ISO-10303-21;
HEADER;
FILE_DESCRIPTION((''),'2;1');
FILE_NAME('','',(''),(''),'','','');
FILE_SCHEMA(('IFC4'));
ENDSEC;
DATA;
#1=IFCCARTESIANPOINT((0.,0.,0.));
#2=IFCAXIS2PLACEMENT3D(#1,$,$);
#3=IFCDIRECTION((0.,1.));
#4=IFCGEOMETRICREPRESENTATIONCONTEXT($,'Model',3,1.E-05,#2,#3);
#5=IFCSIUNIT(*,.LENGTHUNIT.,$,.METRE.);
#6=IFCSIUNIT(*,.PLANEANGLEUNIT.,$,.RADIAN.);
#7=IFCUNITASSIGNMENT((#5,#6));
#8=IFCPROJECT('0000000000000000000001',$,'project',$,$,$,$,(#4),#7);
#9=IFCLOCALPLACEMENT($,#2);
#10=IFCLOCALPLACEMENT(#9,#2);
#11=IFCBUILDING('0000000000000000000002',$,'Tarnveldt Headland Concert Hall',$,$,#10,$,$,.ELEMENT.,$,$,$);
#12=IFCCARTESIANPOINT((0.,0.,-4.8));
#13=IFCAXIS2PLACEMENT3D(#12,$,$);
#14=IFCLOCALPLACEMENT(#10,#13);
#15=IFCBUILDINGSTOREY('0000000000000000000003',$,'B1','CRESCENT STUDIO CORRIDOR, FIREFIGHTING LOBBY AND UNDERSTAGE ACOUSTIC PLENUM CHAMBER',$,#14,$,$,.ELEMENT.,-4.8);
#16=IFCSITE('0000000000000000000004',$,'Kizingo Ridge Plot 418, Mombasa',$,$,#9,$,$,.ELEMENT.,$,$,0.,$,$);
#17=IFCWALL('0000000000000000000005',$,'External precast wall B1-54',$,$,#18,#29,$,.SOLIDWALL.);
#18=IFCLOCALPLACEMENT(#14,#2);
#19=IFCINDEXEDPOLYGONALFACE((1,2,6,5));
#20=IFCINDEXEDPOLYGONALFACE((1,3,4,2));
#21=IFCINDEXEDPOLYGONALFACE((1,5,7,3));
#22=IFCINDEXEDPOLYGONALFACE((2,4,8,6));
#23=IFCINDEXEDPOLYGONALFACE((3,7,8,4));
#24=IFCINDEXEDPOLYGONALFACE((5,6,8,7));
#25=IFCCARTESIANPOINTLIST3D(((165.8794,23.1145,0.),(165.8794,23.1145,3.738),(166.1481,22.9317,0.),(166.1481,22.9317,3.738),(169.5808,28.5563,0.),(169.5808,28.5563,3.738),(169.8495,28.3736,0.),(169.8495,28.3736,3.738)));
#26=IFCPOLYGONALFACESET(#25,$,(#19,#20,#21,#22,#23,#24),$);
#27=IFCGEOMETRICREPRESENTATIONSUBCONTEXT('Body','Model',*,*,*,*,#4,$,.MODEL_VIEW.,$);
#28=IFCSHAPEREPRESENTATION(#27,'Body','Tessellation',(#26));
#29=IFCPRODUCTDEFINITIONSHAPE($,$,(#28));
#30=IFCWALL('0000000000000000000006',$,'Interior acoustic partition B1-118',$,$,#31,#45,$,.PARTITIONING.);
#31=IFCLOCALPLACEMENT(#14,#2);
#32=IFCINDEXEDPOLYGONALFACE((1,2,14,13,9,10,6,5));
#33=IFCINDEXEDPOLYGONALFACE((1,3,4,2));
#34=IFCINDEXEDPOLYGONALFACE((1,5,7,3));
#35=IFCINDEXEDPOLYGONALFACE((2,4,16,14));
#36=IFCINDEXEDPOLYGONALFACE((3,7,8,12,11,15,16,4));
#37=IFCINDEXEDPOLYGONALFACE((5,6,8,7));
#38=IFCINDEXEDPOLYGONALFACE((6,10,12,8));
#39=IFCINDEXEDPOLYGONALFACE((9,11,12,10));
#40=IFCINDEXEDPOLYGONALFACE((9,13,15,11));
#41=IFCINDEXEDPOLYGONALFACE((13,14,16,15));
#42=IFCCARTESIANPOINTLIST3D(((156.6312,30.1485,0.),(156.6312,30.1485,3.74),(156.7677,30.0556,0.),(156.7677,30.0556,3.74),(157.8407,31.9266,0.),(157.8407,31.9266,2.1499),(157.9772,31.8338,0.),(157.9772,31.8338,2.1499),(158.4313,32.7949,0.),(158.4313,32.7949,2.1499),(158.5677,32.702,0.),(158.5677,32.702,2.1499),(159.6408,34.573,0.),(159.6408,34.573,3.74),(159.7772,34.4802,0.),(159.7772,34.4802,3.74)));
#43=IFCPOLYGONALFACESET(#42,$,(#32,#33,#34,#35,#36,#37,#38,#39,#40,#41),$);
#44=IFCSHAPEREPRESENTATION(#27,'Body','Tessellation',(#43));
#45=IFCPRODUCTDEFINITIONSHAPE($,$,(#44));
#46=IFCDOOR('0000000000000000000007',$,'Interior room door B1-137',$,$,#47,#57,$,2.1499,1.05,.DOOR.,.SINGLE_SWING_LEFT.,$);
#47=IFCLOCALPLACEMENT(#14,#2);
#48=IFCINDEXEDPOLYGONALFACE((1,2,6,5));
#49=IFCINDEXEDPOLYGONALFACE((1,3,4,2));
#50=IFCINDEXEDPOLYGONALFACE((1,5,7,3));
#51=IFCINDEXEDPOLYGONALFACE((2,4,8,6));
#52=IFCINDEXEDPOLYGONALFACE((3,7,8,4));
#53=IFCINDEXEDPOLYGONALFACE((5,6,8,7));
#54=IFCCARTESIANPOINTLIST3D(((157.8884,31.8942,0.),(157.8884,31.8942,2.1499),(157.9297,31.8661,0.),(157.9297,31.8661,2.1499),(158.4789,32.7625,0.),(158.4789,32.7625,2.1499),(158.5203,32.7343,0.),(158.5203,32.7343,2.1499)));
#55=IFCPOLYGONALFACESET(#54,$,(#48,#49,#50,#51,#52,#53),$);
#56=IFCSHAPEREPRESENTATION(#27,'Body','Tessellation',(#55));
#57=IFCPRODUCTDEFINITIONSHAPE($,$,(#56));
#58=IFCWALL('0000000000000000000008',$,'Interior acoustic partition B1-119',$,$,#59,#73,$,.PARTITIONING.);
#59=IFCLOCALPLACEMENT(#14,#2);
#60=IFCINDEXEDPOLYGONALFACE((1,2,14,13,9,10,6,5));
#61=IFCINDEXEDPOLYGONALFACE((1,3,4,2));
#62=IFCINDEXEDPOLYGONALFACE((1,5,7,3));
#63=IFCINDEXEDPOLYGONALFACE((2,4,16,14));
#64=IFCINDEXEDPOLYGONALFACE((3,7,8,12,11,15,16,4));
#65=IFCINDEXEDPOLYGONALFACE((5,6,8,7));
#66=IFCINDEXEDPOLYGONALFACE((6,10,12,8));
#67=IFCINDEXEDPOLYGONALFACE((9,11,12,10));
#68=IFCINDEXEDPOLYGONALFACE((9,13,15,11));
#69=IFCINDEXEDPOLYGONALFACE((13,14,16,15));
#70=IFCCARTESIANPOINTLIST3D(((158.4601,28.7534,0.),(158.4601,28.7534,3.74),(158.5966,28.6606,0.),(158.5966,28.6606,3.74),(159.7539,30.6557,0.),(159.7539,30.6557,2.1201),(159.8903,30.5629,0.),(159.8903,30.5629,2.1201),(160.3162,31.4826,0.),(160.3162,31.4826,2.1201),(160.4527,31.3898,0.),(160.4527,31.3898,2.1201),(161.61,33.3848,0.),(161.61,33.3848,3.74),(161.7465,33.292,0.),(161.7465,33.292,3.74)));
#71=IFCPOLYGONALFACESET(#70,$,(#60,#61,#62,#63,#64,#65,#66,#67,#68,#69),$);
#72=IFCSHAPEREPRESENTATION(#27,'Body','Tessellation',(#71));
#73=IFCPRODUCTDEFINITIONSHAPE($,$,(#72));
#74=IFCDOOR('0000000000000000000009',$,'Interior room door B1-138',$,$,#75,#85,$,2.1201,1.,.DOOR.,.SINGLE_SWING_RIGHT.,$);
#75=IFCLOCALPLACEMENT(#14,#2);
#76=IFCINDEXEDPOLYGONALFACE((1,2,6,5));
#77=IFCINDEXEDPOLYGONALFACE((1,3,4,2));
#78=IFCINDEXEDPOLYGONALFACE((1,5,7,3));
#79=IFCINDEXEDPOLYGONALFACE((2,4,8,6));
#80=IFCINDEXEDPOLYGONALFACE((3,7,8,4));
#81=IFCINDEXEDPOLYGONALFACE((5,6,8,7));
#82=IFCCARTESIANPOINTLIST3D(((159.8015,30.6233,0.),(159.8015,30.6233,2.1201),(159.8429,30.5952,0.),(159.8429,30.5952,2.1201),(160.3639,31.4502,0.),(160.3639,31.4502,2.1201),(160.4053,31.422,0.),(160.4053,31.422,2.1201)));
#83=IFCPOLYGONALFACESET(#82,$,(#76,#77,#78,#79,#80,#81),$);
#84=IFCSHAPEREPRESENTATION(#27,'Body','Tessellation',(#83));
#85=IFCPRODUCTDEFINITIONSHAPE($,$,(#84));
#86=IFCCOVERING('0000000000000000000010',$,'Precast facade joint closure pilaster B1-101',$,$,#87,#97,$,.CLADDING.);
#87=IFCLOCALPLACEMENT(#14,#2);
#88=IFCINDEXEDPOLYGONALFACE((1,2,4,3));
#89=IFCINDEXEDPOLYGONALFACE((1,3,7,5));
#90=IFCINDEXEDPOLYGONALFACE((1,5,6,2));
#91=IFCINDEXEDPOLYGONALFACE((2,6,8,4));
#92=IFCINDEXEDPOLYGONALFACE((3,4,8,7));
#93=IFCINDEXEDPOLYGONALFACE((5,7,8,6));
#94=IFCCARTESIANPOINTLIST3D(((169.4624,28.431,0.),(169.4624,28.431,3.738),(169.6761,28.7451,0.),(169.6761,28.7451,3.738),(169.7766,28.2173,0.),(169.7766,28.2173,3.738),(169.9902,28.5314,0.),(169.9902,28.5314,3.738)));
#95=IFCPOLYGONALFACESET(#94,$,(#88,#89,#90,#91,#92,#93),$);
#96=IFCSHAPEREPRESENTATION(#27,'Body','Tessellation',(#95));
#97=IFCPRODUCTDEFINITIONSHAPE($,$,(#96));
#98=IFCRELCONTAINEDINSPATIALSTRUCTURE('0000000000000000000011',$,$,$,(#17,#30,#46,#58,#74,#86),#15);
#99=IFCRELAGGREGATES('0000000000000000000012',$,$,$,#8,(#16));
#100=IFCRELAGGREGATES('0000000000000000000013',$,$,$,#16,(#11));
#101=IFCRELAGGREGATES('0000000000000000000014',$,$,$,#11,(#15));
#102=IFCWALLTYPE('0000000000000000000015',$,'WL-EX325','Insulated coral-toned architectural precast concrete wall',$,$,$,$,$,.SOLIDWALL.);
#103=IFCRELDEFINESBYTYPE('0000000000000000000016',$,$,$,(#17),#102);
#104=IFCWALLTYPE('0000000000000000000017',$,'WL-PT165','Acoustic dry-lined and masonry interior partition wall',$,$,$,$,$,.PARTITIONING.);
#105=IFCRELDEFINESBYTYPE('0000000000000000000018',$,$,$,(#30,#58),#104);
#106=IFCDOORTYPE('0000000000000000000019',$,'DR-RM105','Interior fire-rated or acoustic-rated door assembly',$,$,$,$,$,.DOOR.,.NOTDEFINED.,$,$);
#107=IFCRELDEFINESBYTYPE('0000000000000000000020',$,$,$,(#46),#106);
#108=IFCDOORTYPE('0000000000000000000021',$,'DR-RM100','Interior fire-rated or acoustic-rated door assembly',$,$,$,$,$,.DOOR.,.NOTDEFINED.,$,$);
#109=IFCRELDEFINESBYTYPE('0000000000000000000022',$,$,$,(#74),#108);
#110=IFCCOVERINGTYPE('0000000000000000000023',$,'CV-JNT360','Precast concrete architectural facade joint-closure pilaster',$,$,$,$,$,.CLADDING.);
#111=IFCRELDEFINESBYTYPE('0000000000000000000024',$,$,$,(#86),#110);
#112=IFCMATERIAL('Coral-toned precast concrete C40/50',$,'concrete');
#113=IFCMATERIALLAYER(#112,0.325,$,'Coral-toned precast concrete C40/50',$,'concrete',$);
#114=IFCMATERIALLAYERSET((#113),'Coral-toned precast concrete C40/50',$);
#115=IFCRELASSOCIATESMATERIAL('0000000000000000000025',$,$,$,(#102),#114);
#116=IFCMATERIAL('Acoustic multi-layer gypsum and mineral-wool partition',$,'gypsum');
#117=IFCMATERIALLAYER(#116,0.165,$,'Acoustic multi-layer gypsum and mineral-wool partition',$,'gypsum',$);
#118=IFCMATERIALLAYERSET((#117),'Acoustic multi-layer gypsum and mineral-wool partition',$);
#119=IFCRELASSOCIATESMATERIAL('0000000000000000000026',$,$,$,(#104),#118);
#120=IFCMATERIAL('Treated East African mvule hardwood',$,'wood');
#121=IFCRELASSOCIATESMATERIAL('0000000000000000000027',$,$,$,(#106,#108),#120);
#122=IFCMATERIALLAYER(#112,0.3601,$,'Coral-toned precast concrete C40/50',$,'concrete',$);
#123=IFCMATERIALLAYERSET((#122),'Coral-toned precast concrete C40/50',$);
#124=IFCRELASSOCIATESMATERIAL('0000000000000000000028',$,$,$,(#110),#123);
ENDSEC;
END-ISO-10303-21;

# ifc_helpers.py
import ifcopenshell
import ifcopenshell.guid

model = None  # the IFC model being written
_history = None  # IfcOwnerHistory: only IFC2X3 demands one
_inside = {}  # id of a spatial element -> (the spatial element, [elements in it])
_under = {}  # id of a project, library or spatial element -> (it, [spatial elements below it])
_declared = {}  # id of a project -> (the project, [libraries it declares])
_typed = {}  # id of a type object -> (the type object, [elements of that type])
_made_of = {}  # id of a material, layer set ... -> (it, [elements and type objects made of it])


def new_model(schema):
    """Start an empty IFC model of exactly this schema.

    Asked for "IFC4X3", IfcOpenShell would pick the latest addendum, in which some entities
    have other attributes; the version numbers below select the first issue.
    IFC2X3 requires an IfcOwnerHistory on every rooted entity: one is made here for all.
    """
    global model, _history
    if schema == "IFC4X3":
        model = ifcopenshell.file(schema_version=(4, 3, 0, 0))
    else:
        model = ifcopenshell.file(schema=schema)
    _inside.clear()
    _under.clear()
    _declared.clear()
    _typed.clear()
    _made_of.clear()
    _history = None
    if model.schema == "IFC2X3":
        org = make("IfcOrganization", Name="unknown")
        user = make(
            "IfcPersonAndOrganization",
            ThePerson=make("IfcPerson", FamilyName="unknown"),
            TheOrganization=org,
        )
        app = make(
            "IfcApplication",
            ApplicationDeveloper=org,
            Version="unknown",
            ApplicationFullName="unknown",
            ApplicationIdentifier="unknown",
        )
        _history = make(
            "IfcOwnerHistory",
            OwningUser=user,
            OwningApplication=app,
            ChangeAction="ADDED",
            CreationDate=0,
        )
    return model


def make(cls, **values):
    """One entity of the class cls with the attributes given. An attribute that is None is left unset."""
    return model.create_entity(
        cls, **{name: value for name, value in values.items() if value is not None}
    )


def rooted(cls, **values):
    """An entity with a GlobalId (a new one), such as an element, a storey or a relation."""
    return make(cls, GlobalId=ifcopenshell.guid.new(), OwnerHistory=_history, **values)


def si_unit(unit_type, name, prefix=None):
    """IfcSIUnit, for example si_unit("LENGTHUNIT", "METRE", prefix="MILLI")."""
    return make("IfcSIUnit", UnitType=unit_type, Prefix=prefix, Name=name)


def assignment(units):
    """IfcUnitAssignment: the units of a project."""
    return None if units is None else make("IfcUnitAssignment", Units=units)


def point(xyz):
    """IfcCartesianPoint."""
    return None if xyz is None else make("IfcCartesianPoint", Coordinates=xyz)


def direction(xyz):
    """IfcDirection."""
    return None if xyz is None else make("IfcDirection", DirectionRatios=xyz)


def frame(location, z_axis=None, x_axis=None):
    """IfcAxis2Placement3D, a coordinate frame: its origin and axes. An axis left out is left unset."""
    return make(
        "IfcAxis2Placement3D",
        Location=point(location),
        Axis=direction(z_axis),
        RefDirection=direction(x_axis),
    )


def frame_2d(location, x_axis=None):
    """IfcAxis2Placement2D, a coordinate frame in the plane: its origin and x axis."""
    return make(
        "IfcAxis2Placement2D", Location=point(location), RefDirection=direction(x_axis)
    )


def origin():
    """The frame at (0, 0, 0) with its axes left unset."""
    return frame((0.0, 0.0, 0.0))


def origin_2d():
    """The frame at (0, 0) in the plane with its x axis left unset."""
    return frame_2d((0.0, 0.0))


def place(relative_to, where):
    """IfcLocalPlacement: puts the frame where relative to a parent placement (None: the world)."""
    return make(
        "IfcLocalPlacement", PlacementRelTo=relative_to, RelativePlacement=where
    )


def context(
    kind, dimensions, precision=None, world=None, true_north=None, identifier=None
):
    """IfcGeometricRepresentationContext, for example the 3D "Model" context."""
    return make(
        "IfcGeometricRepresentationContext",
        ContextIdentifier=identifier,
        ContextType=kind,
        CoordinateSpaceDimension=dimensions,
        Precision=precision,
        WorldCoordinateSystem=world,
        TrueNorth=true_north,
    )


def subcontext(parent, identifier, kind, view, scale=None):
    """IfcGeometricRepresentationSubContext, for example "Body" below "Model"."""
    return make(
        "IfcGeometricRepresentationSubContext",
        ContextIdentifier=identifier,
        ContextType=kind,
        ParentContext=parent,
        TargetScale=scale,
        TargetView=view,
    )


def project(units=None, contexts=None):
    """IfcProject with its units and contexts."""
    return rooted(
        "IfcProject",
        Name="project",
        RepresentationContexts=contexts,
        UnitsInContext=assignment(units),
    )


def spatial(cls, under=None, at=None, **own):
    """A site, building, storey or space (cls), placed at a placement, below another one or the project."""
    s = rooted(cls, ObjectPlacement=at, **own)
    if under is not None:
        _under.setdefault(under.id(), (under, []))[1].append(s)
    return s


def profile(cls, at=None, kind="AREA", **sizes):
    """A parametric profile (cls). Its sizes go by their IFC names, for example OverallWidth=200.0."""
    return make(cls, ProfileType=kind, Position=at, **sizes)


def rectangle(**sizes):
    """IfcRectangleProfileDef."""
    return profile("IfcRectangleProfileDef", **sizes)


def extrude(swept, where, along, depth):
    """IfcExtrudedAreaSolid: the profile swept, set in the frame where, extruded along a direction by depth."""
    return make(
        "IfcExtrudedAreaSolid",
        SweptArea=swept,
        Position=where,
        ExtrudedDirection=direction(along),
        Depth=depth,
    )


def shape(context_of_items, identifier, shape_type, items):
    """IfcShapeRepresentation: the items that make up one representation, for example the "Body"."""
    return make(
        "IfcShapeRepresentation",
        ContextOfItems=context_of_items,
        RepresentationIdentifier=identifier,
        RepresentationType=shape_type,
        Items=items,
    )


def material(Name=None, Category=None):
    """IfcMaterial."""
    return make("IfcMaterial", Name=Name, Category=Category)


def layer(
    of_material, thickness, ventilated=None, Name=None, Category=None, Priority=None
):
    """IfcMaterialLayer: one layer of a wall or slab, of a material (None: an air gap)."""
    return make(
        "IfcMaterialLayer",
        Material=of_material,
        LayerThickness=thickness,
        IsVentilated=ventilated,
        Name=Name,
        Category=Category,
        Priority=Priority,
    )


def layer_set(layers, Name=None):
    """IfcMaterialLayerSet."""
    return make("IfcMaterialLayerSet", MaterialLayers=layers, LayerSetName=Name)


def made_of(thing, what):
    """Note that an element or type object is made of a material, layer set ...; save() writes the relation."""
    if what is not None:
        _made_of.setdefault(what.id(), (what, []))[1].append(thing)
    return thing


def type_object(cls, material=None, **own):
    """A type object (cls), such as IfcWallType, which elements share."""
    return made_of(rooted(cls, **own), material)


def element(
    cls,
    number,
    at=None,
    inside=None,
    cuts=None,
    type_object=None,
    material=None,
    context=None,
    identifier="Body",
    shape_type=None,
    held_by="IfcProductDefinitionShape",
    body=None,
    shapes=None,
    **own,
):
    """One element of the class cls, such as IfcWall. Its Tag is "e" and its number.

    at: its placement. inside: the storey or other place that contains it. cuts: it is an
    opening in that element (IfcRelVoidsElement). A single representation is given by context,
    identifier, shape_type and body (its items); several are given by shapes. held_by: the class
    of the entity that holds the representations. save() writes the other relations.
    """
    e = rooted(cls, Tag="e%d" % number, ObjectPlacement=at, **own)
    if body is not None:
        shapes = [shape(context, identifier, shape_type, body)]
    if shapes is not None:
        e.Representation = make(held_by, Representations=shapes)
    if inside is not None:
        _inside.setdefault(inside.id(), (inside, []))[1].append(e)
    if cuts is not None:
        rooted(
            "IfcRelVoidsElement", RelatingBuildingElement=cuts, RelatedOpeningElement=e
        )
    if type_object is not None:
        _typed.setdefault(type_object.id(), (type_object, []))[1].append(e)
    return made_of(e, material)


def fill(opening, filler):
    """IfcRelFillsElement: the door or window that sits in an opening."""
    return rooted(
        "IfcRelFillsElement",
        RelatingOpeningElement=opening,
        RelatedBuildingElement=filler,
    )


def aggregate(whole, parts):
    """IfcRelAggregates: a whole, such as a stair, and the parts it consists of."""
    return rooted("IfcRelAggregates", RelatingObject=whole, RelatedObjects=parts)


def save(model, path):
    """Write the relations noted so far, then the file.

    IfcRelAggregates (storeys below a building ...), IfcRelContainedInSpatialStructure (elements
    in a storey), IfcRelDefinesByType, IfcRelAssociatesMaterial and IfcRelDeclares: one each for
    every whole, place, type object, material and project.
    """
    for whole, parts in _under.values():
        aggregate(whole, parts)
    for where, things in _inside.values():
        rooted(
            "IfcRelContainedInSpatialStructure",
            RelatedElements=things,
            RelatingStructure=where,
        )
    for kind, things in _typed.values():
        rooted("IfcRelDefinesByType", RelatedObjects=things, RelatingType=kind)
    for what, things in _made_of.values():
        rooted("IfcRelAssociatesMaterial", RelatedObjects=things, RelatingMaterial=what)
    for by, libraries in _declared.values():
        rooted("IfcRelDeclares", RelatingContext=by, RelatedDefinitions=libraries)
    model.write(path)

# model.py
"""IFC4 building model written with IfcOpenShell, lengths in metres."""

from ifc_helpers import new_model, si_unit, direction, frame, frame_2d, origin, origin_2d, place, context, subcontext, project, spatial, rectangle, extrude, material, layer, layer_set, type_object, element, fill, save


model = new_model("IFC4")

# Units and contexts
model_context = context("Model", 3, precision=1e-05, world=origin(), true_north=direction((0.0, 1.0)))
body_context = subcontext(model_context, "Body", "Model", "MODEL_VIEW")
ifc_project = project(units=[si_unit("LENGTHUNIT", "METRE"), si_unit("PLANEANGLEUNIT", "RADIAN")], contexts=[model_context])

# Site, building, storey
site_placement = place(None, origin())
site = spatial("IfcSite", under=ifc_project, at=site_placement, Name="Kizingo Ridge Plot 418, Mombasa", CompositionType="ELEMENT", RefElevation=0.0)
building_placement = place(site_placement, origin())
building = spatial("IfcBuilding", under=site, at=building_placement, Name="Tarnveldt Headland Concert Hall", CompositionType="ELEMENT")
storey_placement = place(building_placement, frame((0.0, 0.0, -4.8)))
storey = spatial("IfcBuildingStorey", under=building, at=storey_placement, Name="B1", Description="CRESCENT STUDIO CORRIDOR, FIREFIGHTING LOBBY AND UNDERSTAGE ACOUSTIC PLENUM CHAMBER", CompositionType="ELEMENT", Elevation=-4.8)

# Wall
ifc_material_1 = material(Name="Coral-toned precast concrete C40/50", Category="concrete")
ifc_layer_1 = layer(ifc_material_1, 0.325, Name="Coral-toned precast concrete C40/50", Category="concrete")
ifc_layer_set_1 = layer_set([ifc_layer_1], Name="Coral-toned precast concrete C40/50")
wall_type_1 = type_object("IfcWallType", Name="WL-EX325", Description="Insulated coral-toned architectural precast concrete wall", PredefinedType="SOLIDWALL", material=ifc_layer_set_1)
wall_1_placement = place(storey_placement, frame((169.7151, 28.4648, 0.0), z_axis=(0.0, 0.0, 1.0), x_axis=(-0.562406, -0.826861, 0.0)))
element("IfcWall", 1, at=wall_1_placement, inside=storey, type_object=wall_type_1, Name="External precast wall B1-54", PredefinedType="SOLIDWALL", context=body_context, shape_type="SweptSolid", body=[
    extrude(rectangle(XDim=6.5813, YDim=0.325, at=frame_2d((3.2905, 0.0))), origin(), (0.0, 0.0, 1.0), 3.738),
])

# Walls, openings, doors
ifc_material_2 = material(Name="Acoustic multi-layer gypsum and mineral-wool partition", Category="gypsum")
ifc_layer_2 = layer(ifc_material_2, 0.165, Name="Acoustic multi-layer gypsum and mineral-wool partition", Category="gypsum")
ifc_layer_set_2 = layer_set([ifc_layer_2], Name="Acoustic multi-layer gypsum and mineral-wool partition")
wall_type_2 = type_object("IfcWallType", Name="WL-PT165", Description="Acoustic dry-lined and masonry interior partition wall", PredefinedType="PARTITIONING", material=ifc_layer_set_2)
wall_2_placement = place(storey_placement, frame((156.6995, 30.1021, 0.0), z_axis=(0.0, 0.0, 1.0), x_axis=(0.562415, 0.826855, 0.0)))
wall_2 = element("IfcWall", 2, at=wall_2_placement, inside=storey, type_object=wall_type_2, Name="Interior acoustic partition B1-118", PredefinedType="PARTITIONING", context=body_context, shape_type="SweptSolid", body=[
    extrude(rectangle(XDim=5.3511, YDim=0.165, at=frame_2d((2.6755, 0.0))), origin(), (0.0, 0.0, 1.0), 3.74),
])
opening_1_placement = place(wall_2_placement, frame((2.1506, 0.0, 0.0)))
opening_1 = element("IfcOpeningElement", 3, at=opening_1_placement, cuts=wall_2, PredefinedType="OPENING", context=body_context, shape_type="SweptSolid", body=[
    extrude(rectangle(XDim=1.05, YDim=2.1499, at=frame_2d((0.5249, 1.075))), frame((0.0, 0.0925, 0.0), z_axis=(0.0, -1.0, 0.0), x_axis=(1.0, 0.0, 0.0)), (0.0, 0.0, 1.0), 0.1851),
])
ifc_material_3 = material(Name="Treated East African mvule hardwood", Category="wood")
door_type_1 = type_object("IfcDoorType", Name="DR-RM105", Description="Interior fire-rated or acoustic-rated door assembly", OperationType="NOTDEFINED", PredefinedType="DOOR", material=ifc_material_3)
door_1_placement = place(opening_1_placement, origin())
door_1 = element("IfcDoor", 4, at=door_1_placement, inside=storey, type_object=door_type_1, Name="Interior room door B1-137", OperationType="SINGLE_SWING_LEFT", OverallHeight=2.1499, OverallWidth=1.05, PredefinedType="DOOR", context=body_context, shape_type="SweptSolid", body=[
    extrude(rectangle(XDim=1.05, YDim=2.1499, at=frame_2d((0.5249, 1.075))), frame((0.0, 0.0249, 0.0), z_axis=(0.0, -1.0, 0.0), x_axis=(1.0, 0.0, 0.0)), (0.0, 0.0, 1.0), 0.05),
])
fill(opening_1, door_1)
wall_3_placement = place(storey_placement, frame((158.5283, 28.707, 0.0), z_axis=(0.0, 0.0, 1.0), x_axis=(0.562382, 0.826878, 0.0)))
wall_3 = element("IfcWall", 5, at=wall_3_placement, inside=storey, type_object=wall_type_2, Name="Interior acoustic partition B1-119", PredefinedType="PARTITIONING", context=body_context, shape_type="SweptSolid", body=[
    extrude(rectangle(XDim=5.6011, YDim=0.165, at=frame_2d((2.8005, 0.0))), origin(), (0.0, 0.0, 1.0), 3.74),
])
opening_2_placement = place(wall_3_placement, frame((2.3005, 0.0, 0.0)))
opening_2 = element("IfcOpeningElement", 6, at=opening_2_placement, cuts=wall_3, PredefinedType="OPENING", context=body_context, shape_type="SweptSolid", body=[
    extrude(rectangle(XDim=1.0, YDim=2.1201, at=frame_2d((0.5, 1.0601))), frame((0.0, 0.0925, 0.0), z_axis=(0.0, -1.0, 0.0), x_axis=(1.0, 0.0, 0.0)), (0.0, 0.0, 1.0), 0.1851),
])
door_type_2 = type_object("IfcDoorType", Name="DR-RM100", Description="Interior fire-rated or acoustic-rated door assembly", OperationType="NOTDEFINED", PredefinedType="DOOR", material=ifc_material_3)
door_2_placement = place(opening_2_placement, origin())
door_2 = element("IfcDoor", 7, at=door_2_placement, inside=storey, type_object=door_type_2, Name="Interior room door B1-138", OperationType="SINGLE_SWING_RIGHT", OverallHeight=2.1201, OverallWidth=1.0, PredefinedType="DOOR", context=body_context, shape_type="SweptSolid", body=[
    extrude(rectangle(XDim=1.0, YDim=2.1201, at=frame_2d((0.5, 1.0601))), frame((0.0, 0.0249, 0.0), z_axis=(0.0, -1.0, 0.0), x_axis=(1.0, 0.0, 0.0)), (0.0, 0.0, 1.0), 0.05),
])
fill(opening_2, door_2)

# Covering
ifc_layer_3 = layer(ifc_material_1, 0.3601, Name="Coral-toned precast concrete C40/50", Category="concrete")
ifc_layer_set_3 = layer_set([ifc_layer_3], Name="Coral-toned precast concrete C40/50")
covering_type = type_object("IfcCoveringType", Name="CV-JNT360", Description="Precast concrete architectural facade joint-closure pilaster", PredefinedType="CLADDING", material=ifc_layer_set_3)
covering_placement = place(storey_placement, frame((169.7263, 28.4812, 0.0), z_axis=(0.0, 0.0, 1.0), x_axis=(-0.562372, -0.826884, 0.0)))
element("IfcCovering", 8, at=covering_placement, inside=storey, type_object=covering_type, Name="Precast facade joint closure pilaster B1-101", PredefinedType="CLADDING", context=body_context, shape_type="SweptSolid", body=[
    extrude(rectangle(XDim=0.3799, YDim=0.3799, at=origin_2d()), origin(), (0.0, 0.0, 1.0), 3.738),
])

save(model, "model.ifc")
